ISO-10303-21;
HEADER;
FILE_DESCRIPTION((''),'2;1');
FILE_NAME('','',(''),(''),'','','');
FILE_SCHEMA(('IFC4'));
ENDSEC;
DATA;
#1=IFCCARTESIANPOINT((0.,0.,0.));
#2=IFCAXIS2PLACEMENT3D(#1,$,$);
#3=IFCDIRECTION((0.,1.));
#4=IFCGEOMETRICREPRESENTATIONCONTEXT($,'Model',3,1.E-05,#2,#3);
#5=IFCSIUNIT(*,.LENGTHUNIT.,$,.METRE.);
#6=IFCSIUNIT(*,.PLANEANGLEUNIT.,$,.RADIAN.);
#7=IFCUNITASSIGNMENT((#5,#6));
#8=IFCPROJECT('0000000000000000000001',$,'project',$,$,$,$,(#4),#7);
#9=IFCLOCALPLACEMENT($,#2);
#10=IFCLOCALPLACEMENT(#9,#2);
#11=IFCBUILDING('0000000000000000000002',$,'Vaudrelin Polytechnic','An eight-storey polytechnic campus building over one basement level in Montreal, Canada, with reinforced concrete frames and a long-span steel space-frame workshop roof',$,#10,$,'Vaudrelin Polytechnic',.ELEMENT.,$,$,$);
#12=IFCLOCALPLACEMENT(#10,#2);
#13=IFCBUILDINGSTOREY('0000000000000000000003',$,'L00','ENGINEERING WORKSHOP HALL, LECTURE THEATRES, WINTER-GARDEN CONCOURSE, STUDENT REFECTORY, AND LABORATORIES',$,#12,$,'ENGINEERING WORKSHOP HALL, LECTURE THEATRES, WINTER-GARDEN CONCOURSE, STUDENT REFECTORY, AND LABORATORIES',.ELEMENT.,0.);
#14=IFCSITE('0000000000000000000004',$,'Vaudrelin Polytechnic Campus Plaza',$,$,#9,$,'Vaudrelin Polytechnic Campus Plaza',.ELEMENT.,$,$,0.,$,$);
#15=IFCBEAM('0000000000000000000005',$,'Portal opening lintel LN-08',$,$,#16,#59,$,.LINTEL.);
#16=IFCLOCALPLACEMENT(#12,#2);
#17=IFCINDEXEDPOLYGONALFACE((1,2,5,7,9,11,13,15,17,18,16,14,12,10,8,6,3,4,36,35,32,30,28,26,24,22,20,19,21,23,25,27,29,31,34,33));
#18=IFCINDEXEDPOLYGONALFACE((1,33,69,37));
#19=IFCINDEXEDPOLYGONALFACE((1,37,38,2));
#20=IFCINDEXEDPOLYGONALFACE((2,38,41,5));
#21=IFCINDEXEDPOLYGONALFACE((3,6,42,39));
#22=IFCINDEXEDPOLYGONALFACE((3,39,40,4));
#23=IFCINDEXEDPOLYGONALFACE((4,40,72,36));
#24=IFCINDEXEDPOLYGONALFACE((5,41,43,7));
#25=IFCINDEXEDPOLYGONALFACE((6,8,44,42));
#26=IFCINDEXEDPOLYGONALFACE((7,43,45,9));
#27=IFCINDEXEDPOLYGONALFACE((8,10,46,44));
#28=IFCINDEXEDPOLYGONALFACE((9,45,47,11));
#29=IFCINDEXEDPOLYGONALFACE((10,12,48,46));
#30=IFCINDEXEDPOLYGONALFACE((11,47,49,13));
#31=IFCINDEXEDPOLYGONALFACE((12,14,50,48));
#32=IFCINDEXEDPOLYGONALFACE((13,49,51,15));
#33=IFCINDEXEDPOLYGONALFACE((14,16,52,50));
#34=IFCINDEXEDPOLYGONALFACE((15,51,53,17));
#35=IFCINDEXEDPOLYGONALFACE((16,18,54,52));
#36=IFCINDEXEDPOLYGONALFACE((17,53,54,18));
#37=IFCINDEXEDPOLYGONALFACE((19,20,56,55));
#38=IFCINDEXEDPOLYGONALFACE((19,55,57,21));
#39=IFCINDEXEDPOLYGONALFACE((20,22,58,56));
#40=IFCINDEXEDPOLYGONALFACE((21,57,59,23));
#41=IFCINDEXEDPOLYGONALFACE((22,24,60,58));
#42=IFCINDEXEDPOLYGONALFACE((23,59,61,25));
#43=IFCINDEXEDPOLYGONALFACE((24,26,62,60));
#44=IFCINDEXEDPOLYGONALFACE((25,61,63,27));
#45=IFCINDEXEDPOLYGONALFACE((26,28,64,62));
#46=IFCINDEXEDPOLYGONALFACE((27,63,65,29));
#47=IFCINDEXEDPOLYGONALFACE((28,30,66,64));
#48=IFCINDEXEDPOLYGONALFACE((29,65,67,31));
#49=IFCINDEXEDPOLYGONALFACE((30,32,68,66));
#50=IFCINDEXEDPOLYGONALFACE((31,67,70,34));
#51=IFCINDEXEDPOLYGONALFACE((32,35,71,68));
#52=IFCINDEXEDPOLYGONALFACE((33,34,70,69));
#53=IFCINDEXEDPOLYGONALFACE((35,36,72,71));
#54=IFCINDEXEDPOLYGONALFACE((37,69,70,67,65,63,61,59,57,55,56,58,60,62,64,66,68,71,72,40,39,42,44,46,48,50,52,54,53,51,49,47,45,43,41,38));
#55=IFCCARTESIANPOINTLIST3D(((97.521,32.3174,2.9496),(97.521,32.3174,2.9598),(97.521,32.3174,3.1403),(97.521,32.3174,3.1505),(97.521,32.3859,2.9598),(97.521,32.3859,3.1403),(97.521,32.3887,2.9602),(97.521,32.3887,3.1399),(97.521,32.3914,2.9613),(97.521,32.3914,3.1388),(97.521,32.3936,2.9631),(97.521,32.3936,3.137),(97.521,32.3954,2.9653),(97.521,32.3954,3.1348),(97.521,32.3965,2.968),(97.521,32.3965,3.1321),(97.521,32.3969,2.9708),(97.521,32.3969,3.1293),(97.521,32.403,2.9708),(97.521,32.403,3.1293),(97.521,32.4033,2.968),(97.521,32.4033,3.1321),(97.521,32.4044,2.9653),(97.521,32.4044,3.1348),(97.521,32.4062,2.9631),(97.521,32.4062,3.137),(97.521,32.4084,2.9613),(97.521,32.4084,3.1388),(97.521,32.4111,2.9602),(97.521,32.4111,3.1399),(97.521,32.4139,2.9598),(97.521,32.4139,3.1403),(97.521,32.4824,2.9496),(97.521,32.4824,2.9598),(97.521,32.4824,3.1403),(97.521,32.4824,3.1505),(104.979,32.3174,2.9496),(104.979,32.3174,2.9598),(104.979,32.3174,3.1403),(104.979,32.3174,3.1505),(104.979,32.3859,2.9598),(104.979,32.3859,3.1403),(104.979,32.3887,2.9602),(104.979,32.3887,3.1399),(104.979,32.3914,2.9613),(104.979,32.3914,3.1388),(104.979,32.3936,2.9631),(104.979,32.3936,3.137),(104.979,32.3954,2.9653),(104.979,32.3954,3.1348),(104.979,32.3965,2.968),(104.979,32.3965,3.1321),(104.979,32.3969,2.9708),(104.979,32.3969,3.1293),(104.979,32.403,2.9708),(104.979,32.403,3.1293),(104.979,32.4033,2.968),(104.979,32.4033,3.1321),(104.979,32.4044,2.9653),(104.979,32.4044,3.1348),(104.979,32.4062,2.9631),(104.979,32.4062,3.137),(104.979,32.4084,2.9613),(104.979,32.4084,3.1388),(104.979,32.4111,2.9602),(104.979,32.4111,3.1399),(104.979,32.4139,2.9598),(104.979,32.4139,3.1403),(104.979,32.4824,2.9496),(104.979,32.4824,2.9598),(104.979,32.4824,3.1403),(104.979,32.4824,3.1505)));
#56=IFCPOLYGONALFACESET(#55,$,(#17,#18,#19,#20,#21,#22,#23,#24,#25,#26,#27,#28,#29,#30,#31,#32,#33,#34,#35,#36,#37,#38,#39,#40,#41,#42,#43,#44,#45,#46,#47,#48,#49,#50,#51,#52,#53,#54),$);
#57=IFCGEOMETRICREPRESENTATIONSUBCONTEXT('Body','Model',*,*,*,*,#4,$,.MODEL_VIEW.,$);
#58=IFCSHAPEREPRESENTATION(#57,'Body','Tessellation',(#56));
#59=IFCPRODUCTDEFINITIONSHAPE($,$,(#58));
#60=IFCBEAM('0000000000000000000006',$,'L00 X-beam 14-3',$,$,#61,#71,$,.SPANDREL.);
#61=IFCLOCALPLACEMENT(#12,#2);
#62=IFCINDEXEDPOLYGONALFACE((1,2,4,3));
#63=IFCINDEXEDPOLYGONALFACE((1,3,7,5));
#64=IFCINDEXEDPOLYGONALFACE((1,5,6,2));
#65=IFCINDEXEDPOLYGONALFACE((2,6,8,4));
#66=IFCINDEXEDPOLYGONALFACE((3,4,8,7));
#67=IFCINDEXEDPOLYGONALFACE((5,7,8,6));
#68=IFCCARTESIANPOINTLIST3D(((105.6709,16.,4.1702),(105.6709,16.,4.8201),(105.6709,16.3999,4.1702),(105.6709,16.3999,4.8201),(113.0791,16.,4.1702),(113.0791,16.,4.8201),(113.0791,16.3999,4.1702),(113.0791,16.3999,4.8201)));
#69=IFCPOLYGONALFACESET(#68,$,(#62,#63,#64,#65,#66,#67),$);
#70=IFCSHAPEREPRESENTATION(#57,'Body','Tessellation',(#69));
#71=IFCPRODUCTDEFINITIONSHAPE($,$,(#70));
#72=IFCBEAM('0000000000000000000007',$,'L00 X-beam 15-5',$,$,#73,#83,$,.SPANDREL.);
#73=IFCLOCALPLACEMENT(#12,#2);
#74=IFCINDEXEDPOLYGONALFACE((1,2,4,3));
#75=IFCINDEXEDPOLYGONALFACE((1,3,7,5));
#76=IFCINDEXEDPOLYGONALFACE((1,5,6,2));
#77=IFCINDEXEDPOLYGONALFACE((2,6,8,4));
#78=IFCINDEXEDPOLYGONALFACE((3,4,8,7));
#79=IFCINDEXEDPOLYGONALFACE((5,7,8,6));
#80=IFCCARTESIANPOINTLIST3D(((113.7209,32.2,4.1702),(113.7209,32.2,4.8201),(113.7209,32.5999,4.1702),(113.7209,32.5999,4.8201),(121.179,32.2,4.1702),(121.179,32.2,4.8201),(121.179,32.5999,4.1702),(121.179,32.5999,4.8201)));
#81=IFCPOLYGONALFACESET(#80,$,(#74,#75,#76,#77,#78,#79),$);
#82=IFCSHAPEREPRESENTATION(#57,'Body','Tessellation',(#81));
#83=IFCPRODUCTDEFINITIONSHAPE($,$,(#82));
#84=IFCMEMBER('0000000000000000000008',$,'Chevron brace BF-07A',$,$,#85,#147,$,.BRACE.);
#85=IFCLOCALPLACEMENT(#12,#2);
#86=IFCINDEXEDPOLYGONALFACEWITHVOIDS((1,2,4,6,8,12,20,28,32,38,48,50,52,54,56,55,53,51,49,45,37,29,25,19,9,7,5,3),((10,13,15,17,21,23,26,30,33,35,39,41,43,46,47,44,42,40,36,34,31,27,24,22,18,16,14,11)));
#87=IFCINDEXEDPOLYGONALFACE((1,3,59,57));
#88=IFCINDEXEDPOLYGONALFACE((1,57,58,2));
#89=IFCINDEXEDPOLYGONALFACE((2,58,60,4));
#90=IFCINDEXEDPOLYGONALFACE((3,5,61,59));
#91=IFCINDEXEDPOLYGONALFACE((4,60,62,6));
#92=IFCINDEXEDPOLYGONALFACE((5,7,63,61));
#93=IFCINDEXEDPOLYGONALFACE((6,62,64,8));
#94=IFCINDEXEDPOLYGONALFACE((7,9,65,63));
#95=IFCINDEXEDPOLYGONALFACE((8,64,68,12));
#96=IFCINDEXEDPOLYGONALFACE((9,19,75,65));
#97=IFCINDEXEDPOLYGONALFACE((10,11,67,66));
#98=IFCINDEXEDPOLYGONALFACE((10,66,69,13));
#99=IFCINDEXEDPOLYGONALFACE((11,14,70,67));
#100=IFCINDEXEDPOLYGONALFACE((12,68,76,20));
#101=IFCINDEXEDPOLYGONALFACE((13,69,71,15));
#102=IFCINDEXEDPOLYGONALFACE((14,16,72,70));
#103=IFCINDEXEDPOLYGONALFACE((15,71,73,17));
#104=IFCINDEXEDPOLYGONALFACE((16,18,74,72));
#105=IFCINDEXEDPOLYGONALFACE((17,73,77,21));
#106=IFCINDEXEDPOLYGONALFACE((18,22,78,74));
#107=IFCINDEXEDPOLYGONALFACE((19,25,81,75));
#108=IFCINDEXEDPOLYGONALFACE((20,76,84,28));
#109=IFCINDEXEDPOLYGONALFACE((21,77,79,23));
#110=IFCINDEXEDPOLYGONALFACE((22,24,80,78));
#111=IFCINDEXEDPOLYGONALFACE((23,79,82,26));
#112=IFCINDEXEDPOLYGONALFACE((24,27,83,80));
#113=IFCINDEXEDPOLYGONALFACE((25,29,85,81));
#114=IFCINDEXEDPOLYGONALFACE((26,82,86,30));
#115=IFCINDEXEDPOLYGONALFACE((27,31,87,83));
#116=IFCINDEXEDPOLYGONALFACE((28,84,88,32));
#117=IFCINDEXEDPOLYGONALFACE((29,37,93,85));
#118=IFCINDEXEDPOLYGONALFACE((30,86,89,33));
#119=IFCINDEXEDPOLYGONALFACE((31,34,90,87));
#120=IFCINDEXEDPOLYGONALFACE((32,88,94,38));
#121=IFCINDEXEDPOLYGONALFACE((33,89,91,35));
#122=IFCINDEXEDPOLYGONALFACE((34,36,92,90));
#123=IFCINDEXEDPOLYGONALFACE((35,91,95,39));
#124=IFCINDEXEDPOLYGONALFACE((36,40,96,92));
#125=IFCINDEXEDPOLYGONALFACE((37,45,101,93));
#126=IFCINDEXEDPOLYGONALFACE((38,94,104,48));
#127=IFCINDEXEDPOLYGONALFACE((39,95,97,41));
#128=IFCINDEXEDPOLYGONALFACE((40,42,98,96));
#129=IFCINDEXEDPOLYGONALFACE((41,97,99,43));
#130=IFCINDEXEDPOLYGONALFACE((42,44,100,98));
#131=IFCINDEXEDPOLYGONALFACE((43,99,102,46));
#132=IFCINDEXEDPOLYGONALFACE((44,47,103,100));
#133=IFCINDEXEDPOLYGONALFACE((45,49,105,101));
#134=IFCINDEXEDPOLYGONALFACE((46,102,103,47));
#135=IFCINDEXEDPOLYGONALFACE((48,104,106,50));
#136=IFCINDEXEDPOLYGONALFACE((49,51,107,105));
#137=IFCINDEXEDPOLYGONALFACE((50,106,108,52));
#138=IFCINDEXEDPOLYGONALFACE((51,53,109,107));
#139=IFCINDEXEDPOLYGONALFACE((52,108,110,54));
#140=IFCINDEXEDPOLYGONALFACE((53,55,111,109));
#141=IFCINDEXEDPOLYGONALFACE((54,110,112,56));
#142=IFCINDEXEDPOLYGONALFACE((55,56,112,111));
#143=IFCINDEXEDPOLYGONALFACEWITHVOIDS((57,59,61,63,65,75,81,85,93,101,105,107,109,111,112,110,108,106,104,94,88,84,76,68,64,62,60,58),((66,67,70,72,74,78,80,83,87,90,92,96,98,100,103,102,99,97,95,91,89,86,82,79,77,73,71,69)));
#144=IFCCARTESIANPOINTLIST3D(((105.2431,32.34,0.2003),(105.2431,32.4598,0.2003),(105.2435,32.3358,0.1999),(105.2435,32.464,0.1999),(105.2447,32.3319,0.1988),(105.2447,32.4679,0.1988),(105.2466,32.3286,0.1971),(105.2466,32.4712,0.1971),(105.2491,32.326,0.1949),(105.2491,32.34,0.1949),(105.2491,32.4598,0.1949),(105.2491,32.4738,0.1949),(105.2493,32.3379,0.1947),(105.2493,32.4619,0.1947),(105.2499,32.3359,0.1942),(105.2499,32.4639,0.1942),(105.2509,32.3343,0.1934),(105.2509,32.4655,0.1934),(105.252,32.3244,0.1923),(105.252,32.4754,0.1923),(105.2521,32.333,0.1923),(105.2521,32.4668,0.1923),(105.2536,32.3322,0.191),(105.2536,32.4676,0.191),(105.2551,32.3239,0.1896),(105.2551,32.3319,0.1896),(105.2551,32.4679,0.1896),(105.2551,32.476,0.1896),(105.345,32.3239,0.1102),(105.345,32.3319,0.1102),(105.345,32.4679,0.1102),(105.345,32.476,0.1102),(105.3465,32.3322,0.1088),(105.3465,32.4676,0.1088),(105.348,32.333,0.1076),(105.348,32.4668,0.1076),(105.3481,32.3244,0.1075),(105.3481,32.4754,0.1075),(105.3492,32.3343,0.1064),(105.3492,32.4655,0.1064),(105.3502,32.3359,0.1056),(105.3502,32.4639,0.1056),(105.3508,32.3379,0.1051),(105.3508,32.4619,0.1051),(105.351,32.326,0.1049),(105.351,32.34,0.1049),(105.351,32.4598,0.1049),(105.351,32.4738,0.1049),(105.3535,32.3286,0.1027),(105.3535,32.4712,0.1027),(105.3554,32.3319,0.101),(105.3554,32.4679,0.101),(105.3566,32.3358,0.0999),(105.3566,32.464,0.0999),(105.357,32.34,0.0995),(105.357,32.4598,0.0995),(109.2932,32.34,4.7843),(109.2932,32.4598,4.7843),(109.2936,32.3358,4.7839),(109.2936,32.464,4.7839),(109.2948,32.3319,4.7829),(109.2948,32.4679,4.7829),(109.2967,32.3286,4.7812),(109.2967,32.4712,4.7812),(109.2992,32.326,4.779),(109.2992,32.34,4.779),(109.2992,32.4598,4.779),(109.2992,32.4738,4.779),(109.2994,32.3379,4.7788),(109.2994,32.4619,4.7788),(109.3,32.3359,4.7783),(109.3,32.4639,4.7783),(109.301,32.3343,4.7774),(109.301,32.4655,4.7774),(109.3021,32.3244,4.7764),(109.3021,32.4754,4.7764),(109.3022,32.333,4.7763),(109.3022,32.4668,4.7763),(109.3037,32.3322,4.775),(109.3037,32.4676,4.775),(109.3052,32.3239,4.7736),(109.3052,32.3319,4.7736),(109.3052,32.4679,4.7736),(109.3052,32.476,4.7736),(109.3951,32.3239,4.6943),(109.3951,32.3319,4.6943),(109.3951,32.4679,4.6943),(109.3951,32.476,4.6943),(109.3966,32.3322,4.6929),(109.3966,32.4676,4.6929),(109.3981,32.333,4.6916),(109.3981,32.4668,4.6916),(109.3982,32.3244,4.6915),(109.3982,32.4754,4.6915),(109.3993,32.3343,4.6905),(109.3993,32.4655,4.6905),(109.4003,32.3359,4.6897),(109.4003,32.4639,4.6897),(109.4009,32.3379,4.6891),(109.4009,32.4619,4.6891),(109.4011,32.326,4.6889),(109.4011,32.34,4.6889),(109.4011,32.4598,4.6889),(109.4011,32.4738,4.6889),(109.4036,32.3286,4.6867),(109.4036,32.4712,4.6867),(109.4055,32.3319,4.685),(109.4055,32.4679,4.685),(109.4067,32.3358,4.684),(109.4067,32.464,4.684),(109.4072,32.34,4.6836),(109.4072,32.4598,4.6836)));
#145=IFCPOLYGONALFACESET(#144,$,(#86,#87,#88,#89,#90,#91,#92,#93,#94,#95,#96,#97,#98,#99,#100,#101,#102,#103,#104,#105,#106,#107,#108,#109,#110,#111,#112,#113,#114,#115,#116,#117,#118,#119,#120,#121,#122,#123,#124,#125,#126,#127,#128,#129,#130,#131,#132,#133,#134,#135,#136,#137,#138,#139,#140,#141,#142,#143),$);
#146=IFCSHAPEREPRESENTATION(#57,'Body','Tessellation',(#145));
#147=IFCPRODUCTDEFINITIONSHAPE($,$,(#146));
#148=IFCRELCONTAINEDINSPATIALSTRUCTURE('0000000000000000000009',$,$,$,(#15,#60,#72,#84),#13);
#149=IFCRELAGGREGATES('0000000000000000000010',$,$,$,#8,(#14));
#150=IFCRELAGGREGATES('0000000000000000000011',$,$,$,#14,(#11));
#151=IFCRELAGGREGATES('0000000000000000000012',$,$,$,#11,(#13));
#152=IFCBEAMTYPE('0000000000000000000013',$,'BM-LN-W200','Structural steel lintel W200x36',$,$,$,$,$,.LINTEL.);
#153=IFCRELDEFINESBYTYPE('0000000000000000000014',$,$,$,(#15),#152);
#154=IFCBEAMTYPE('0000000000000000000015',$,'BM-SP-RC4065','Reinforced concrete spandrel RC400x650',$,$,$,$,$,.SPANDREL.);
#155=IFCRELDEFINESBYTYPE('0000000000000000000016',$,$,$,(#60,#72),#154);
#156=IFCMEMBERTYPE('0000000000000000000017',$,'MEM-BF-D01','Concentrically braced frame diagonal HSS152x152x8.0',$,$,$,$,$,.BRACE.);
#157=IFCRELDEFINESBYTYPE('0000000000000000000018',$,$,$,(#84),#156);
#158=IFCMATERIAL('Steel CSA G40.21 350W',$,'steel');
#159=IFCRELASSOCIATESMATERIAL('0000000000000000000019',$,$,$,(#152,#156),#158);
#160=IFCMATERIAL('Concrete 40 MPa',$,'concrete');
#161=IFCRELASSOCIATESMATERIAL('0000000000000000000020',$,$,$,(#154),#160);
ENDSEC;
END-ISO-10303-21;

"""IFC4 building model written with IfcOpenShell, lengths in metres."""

from ifc_helpers import new_model, si_unit, direction, frame, origin, origin_2d, place, context, subcontext, project, spatial, rectangle, hollow_rectangle, i_section, extrude, material, material_profile, profile_set, type_object, element, save


model = new_model("IFC4")

# Units and contexts
model_context = context("Model", 3, precision=1e-05, world=origin(), true_north=direction((0.0, 1.0)))
body_context = subcontext(model_context, "Body", "Model", "MODEL_VIEW")
ifc_project = project(units=[si_unit("LENGTHUNIT", "METRE"), si_unit("PLANEANGLEUNIT", "RADIAN")], contexts=[model_context])

# Site, building, storey
site_placement = place(None, origin())
site = spatial("IfcSite", under=ifc_project, at=site_placement, Name="Vaudrelin Polytechnic Campus Plaza", LongName="Vaudrelin Polytechnic Campus Plaza", CompositionType="ELEMENT", RefElevation=0.0)
building_placement = place(site_placement, origin())
building = spatial("IfcBuilding", under=site, at=building_placement, Name="Vaudrelin Polytechnic", Description="An eight-storey polytechnic campus building over one basement level in Montreal, Canada, with reinforced concrete frames and a long-span steel space-frame workshop roof", LongName="Vaudrelin Polytechnic", CompositionType="ELEMENT")
storey_placement = place(building_placement, origin())
storey = spatial("IfcBuildingStorey", under=building, at=storey_placement, Name="L00", Description="ENGINEERING WORKSHOP HALL, LECTURE THEATRES, WINTER-GARDEN CONCOURSE, STUDENT REFECTORY, AND LABORATORIES", LongName="ENGINEERING WORKSHOP HALL, LECTURE THEATRES, WINTER-GARDEN CONCOURSE, STUDENT REFECTORY, AND LABORATORIES", CompositionType="ELEMENT", Elevation=0.0)

# Shared definitions
ifc_material_1 = material(Name="Concrete 40 MPa", Category="concrete")

# Beams
ifc_material_2 = material(Name="Steel CSA G40.21 350W", Category="steel")
ifc_material_profile_1 = material_profile(ifc_material_2, i_section(OverallWidth=0.165, OverallDepth=0.2009, WebThickness=0.0061, FlangeThickness=0.0103, FilletRadius=0.011, at=origin_2d()), Name="W200x36")
ifc_profile_set_1 = profile_set([ifc_material_profile_1], Name="Steel CSA G40.21 350W")
beam_type_1 = type_object("IfcBeamType", Name="BM-LN-W200", Description="Structural steel lintel W200x36", PredefinedType="LINTEL", material=ifc_profile_set_1)
beam_1_placement = place(storey_placement, frame((97.521, 32.3999, 3.05), z_axis=(1.0, 0.0, 0.0), x_axis=(0.0, 1.0, 0.0)))
element("IfcBeam", 1, at=beam_1_placement, inside=storey, type_object=beam_type_1, Name="Portal opening lintel LN-08", PredefinedType="LINTEL", context=body_context, shape_type="SweptSolid", body=[
    extrude(i_section(OverallWidth=0.165, OverallDepth=0.2009, WebThickness=0.0061, FlangeThickness=0.0103, FilletRadius=0.011, at=origin_2d()), origin(), (0.0, 0.0, 1.0), 7.458),
])
ifc_material_profile_2 = material_profile(ifc_material_1, rectangle(XDim=0.3999, YDim=0.6499, at=origin_2d()), Name="RC400x650")
ifc_profile_set_2 = profile_set([ifc_material_profile_2], Name="Concrete 40 MPa")
beam_type_2 = type_object("IfcBeamType", Name="BM-SP-RC4065", Description="Reinforced concrete spandrel RC400x650", PredefinedType="SPANDREL", material=ifc_profile_set_2)
beam_2_placement = place(storey_placement, frame((105.6709, 16.2, 4.4951), z_axis=(1.0, 0.0, 0.0), x_axis=(0.0, 1.0, 0.0)))
element("IfcBeam", 2, at=beam_2_placement, inside=storey, type_object=beam_type_2, Name="L00 X-beam 14-3", PredefinedType="SPANDREL", context=body_context, shape_type="SweptSolid", body=[
    extrude(rectangle(XDim=0.3999, YDim=0.6499, at=origin_2d()), origin(), (0.0, 0.0, 1.0), 7.4082),
])
beam_3_placement = place(storey_placement, frame((113.7209, 32.3999, 4.4951), z_axis=(1.0, 0.0, 0.0), x_axis=(0.0, 1.0, 0.0)))
element("IfcBeam", 3, at=beam_3_placement, inside=storey, type_object=beam_type_2, Name="L00 X-beam 15-5", PredefinedType="SPANDREL", context=body_context, shape_type="SweptSolid", body=[
    extrude(rectangle(XDim=0.3999, YDim=0.6499, at=origin_2d()), origin(), (0.0, 0.0, 1.0), 7.458),
])

# Member
ifc_material_profile_3 = material_profile(ifc_material_2, hollow_rectangle(XDim=0.1521, YDim=0.1521, WallThickness=0.0081, InnerFilletRadius=0.0081, OuterFilletRadius=0.0161, at=origin_2d()), Name="HSS152x152x8.0")
ifc_profile_set_3 = profile_set([ifc_material_profile_3], Name="Steel CSA G40.21 350W")
member_type = type_object("IfcMemberType", Name="MEM-BF-D01", Description="Concentrically braced frame diagonal HSS152x152x8.0", PredefinedType="BRACE", material=ifc_profile_set_3)
member_1_placement = place(storey_placement, frame((105.3, 32.3999, 0.1499), z_axis=(0.662114, 0.0, 0.749403), x_axis=(0.0, 1.0, 0.0)))
element("IfcMember", 4, at=member_1_placement, inside=storey, type_object=member_type, Name="Chevron brace BF-07A", PredefinedType="BRACE", context=body_context, shape_type="SweptSolid", body=[
    extrude(hollow_rectangle(XDim=0.1521, YDim=0.1521, WallThickness=0.0081, InnerFilletRadius=0.0081, OuterFilletRadius=0.0161, at=origin_2d()), origin(), (0.0, 0.0, 1.0), 6.1169),
])

save(model, "model.ifc")
